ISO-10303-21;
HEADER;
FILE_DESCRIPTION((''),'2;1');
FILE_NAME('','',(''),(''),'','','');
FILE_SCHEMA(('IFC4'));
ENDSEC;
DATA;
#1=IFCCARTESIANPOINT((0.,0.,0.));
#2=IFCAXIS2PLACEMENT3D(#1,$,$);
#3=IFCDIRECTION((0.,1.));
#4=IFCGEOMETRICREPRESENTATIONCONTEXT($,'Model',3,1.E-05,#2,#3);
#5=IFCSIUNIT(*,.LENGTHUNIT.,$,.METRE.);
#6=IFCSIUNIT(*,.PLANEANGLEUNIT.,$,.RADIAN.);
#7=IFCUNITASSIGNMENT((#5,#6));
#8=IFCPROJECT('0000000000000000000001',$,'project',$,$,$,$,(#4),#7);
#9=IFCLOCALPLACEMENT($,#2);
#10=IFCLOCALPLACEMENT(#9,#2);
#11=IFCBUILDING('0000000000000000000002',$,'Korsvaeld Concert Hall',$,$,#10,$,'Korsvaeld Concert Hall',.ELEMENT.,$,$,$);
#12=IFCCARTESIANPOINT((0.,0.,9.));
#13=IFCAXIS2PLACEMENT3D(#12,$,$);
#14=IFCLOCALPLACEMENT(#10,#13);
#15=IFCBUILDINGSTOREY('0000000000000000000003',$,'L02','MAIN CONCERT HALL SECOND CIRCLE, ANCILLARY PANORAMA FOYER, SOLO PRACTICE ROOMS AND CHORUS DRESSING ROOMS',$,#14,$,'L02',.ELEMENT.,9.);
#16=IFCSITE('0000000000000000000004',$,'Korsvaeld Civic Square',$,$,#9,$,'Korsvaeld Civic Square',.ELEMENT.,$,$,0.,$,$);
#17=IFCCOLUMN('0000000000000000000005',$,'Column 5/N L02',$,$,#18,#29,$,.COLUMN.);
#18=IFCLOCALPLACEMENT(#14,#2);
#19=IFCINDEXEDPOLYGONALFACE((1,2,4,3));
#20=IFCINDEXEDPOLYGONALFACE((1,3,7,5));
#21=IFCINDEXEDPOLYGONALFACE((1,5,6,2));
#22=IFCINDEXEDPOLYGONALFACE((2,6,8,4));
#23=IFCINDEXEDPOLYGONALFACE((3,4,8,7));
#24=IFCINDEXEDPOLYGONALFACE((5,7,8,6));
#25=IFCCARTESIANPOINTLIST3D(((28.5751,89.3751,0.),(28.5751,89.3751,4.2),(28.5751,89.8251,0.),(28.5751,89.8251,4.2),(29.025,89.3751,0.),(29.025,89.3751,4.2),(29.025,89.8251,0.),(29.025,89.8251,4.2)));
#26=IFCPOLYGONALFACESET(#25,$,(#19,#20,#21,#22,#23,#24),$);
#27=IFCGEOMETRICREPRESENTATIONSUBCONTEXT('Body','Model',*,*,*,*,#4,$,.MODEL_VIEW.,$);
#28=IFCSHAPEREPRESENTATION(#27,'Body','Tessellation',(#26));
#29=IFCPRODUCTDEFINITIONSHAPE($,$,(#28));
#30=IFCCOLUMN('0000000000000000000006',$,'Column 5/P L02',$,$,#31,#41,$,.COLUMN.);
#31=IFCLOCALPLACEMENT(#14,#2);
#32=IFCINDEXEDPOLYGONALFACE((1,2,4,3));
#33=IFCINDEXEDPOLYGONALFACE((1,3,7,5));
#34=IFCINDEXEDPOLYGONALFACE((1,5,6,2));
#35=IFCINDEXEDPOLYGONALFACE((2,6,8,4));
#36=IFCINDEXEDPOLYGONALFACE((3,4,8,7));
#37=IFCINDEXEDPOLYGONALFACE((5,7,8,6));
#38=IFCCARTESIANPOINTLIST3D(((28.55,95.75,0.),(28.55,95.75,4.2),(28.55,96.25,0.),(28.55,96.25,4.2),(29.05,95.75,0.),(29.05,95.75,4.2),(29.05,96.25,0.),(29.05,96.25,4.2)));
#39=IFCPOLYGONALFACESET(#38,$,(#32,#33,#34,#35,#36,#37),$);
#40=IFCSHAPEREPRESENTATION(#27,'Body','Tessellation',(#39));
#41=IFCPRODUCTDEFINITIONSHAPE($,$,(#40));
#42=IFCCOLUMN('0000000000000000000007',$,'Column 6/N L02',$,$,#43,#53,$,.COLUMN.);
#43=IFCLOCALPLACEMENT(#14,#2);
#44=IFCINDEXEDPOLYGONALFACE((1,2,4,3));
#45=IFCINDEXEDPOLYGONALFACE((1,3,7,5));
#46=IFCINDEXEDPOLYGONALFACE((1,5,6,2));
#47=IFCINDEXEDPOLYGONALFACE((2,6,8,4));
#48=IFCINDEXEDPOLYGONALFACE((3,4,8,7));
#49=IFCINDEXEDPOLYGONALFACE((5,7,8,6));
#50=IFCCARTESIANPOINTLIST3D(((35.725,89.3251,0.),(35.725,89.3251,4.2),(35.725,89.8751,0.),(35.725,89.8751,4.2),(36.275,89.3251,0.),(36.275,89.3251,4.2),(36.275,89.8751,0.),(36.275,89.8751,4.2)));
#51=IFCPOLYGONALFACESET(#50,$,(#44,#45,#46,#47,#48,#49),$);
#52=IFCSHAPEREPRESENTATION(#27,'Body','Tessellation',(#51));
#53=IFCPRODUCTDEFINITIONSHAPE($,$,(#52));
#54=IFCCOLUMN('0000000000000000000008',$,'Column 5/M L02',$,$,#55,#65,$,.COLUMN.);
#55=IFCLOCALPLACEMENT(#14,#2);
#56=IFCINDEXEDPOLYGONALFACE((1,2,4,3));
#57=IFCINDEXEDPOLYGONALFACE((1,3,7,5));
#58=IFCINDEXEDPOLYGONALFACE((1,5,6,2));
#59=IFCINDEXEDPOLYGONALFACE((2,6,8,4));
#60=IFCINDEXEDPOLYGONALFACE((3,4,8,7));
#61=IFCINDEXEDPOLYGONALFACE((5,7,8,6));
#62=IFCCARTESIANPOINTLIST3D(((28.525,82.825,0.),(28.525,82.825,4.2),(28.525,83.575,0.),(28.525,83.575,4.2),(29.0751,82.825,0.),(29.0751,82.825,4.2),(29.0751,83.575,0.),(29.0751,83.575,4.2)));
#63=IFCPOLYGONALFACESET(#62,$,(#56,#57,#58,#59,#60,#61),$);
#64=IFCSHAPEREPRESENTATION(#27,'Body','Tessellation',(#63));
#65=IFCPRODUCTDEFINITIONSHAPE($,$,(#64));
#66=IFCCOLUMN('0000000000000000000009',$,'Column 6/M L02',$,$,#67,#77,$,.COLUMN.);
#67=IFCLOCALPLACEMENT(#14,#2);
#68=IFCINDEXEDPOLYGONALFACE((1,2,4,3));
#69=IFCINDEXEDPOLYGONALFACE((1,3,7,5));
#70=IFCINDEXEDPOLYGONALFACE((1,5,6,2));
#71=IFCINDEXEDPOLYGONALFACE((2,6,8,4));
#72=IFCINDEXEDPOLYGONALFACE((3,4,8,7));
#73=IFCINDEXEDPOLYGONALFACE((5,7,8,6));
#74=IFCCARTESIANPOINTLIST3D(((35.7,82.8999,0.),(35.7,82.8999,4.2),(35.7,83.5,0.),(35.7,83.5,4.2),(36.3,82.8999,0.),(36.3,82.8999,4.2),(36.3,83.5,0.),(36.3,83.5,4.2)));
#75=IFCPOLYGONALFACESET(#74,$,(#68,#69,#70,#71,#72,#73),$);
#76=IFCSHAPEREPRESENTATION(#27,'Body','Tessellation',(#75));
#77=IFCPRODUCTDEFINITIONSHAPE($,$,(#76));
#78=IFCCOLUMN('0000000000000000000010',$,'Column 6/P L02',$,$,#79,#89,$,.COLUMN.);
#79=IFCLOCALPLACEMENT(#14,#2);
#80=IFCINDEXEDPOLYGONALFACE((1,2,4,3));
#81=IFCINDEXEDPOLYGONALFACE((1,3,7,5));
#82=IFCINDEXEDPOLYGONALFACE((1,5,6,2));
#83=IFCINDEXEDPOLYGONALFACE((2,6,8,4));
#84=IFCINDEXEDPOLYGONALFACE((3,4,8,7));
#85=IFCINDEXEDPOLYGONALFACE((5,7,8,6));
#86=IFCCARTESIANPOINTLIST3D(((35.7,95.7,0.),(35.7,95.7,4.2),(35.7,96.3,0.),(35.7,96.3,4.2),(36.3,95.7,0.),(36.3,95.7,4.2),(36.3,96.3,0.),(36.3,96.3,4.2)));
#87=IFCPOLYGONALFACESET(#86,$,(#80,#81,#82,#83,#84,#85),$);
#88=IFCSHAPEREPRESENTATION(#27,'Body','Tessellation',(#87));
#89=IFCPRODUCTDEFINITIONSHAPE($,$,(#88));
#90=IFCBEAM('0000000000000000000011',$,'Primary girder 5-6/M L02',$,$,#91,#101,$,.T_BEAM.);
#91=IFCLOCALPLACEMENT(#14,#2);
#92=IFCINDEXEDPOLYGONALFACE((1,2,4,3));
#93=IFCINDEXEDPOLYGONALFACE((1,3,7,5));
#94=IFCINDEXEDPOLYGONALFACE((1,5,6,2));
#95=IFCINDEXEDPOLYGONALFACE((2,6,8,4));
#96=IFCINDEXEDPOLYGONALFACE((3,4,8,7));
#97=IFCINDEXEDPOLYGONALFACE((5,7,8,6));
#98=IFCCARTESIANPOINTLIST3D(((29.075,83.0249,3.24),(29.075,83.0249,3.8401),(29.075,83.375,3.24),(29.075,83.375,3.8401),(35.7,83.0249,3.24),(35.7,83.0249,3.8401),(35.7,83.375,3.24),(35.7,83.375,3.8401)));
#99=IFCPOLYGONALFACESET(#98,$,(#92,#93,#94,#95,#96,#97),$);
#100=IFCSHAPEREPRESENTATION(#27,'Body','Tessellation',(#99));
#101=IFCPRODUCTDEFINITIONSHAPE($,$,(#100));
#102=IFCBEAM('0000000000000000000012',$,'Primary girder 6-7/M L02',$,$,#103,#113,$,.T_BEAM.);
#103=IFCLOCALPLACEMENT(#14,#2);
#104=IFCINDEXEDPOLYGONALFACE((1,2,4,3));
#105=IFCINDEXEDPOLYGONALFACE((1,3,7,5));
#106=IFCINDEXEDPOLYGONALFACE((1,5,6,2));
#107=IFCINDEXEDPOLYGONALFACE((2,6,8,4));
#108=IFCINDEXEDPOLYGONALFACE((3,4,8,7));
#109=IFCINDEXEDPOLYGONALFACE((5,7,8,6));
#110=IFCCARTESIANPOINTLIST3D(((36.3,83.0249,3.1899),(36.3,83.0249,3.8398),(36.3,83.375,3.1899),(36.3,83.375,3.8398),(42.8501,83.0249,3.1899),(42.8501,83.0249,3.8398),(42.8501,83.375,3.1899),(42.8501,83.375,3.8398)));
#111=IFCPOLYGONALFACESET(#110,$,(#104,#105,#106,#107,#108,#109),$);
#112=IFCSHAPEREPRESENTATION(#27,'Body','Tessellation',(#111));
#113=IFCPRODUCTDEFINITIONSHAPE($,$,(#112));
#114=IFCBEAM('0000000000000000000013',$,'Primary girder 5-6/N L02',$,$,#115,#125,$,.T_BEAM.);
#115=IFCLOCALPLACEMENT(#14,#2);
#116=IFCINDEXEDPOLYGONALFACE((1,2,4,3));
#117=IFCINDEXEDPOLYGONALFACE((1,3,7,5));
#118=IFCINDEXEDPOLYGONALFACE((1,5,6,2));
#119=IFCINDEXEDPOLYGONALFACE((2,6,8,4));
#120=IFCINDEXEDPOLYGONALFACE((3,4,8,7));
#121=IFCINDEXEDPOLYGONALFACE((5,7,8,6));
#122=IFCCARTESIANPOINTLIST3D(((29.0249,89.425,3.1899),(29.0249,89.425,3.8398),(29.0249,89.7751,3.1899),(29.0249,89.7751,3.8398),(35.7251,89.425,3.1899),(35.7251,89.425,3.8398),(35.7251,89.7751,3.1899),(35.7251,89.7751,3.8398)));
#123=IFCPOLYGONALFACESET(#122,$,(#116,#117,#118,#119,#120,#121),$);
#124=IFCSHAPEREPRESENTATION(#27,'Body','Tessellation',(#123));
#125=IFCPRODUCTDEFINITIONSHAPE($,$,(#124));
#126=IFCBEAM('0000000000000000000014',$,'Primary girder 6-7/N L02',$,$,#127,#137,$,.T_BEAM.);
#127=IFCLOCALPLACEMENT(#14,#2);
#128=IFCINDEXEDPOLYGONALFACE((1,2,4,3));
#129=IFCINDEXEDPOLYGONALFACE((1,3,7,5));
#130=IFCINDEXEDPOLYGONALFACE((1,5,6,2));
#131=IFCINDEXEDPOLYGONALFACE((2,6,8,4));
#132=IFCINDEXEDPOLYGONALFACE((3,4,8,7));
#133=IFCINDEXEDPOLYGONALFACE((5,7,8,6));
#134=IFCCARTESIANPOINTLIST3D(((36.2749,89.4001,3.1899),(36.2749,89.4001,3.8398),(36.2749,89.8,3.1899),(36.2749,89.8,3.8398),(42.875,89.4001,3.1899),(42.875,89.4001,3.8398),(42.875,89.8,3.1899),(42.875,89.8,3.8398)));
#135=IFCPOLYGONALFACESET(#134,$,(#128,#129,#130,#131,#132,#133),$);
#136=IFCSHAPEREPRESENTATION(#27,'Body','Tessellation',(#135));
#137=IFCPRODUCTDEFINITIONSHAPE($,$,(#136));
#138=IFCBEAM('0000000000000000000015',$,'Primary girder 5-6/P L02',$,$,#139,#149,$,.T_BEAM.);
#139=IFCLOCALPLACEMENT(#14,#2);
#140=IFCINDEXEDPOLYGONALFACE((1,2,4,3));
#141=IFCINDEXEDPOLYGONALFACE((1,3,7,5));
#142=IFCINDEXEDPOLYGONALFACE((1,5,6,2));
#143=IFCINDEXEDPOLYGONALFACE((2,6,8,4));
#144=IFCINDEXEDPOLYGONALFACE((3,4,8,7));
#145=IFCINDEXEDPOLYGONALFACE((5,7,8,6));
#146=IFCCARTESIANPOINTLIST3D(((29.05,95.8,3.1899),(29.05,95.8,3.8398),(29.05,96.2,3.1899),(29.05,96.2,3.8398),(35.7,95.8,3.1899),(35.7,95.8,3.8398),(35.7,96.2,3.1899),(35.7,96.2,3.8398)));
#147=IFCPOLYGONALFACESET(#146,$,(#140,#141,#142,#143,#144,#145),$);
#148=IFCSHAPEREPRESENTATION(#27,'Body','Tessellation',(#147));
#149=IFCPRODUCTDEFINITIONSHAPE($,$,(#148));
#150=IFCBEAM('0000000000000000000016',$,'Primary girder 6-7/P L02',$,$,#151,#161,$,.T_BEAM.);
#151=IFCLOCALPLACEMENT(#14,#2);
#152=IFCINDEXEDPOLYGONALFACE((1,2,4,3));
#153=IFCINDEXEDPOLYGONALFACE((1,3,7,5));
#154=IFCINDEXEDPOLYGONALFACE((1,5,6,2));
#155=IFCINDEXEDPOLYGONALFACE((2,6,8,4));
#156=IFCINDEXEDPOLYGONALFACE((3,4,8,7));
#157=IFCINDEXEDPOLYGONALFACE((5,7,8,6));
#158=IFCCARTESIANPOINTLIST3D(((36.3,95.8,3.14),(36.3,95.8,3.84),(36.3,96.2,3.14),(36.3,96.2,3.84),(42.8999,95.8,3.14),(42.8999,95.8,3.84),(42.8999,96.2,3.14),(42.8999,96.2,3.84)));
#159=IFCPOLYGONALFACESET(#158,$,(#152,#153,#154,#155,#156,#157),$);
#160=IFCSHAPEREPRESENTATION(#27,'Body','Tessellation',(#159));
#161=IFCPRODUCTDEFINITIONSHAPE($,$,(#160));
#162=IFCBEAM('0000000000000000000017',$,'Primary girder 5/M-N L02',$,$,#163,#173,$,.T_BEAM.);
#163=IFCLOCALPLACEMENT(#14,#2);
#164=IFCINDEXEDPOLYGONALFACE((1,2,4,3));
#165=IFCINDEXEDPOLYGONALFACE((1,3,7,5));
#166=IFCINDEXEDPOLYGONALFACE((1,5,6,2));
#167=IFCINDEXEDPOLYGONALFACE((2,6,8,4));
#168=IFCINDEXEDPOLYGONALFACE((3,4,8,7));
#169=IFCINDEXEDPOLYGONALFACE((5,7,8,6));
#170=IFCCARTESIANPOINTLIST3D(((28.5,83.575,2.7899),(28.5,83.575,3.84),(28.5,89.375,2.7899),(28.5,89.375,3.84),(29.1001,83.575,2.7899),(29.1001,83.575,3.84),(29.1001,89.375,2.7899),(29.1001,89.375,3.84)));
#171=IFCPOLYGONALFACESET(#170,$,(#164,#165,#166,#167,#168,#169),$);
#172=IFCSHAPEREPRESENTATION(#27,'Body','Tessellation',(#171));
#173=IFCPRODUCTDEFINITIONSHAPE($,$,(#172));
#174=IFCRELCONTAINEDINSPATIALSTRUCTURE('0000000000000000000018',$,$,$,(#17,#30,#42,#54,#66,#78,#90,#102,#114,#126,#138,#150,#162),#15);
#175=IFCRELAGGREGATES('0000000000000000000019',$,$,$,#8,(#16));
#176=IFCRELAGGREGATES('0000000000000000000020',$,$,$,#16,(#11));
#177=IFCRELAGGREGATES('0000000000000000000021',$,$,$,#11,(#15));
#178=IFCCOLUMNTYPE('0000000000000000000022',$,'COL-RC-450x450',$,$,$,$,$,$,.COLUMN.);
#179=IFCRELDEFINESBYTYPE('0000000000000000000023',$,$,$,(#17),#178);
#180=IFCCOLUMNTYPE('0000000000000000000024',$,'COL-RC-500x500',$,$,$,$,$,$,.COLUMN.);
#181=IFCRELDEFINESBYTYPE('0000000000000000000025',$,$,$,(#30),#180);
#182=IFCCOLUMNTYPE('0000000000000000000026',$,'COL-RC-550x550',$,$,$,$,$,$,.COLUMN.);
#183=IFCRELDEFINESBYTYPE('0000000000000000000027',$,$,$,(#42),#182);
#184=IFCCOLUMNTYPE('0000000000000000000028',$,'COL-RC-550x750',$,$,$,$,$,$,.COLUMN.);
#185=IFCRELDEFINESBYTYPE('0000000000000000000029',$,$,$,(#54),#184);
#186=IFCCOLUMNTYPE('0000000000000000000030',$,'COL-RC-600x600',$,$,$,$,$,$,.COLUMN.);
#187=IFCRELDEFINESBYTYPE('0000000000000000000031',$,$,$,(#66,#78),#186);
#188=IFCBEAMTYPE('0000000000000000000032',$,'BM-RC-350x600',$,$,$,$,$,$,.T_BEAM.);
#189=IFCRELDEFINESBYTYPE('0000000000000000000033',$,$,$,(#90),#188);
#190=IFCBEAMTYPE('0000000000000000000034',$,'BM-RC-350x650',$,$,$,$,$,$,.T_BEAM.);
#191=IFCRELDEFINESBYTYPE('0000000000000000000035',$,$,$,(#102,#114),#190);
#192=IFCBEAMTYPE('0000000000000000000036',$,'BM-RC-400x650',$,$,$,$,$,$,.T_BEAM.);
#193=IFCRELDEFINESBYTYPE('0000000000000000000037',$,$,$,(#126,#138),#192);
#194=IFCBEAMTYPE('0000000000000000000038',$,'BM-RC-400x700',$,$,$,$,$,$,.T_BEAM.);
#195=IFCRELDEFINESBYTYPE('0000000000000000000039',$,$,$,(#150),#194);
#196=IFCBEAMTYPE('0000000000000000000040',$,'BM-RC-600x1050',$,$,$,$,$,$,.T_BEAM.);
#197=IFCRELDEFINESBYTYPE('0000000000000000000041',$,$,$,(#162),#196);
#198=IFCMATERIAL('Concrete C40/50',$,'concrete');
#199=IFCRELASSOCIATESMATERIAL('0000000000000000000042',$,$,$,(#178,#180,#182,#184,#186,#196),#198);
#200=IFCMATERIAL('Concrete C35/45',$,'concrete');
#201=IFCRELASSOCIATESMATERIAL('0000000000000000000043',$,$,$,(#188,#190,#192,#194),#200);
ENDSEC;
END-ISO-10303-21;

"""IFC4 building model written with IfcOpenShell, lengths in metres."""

from ifc_helpers import new_model, si_unit, direction, frame, origin, origin_2d, place, context, subcontext, project, spatial, rectangle, extrude, material, material_profile, profile_set, type_object, element, save


model = new_model("IFC4")

# Units and contexts
model_context = context("Model", 3, precision=1e-05, world=origin(), true_north=direction((0.0, 1.0)))
body_context = subcontext(model_context, "Body", "Model", "MODEL_VIEW")
ifc_project = project(units=[si_unit("LENGTHUNIT", "METRE"), si_unit("PLANEANGLEUNIT", "RADIAN")], contexts=[model_context])

# Site, building, storey
site_placement = place(None, origin())
site = spatial("IfcSite", under=ifc_project, at=site_placement, Name="Korsvaeld Civic Square", LongName="Korsvaeld Civic Square", CompositionType="ELEMENT", RefElevation=0.0)
building_placement = place(site_placement, origin())
building = spatial("IfcBuilding", under=site, at=building_placement, Name="Korsvaeld Concert Hall", LongName="Korsvaeld Concert Hall", CompositionType="ELEMENT")
storey_placement = place(building_placement, frame((0.0, 0.0, 9.0)))
storey = spatial("IfcBuildingStorey", under=building, at=storey_placement, Name="L02", Description="MAIN CONCERT HALL SECOND CIRCLE, ANCILLARY PANORAMA FOYER, SOLO PRACTICE ROOMS AND CHORUS DRESSING ROOMS", LongName="L02", CompositionType="ELEMENT", Elevation=9.0)

# Columns
ifc_material_1 = material(Name="Concrete C40/50", Category="concrete")
ifc_material_profile_1 = material_profile(ifc_material_1, rectangle(XDim=0.45, YDim=0.45, at=origin_2d()), Name="RC 450x450")
ifc_profile_set_1 = profile_set([ifc_material_profile_1], Name="Concrete C40/50")
column_type_1 = type_object("IfcColumnType", Name="COL-RC-450x450", PredefinedType="COLUMN", material=ifc_profile_set_1)
column_1_placement = place(storey_placement, frame((28.8, 89.6001, 0.0), z_axis=(0.0, 0.0, 1.0), x_axis=(1.0, 0.0, 0.0)))
element("IfcColumn", 1, at=column_1_placement, inside=storey, type_object=column_type_1, Name="Column 5/N L02", PredefinedType="COLUMN", context=body_context, shape_type="SweptSolid", body=[
    extrude(rectangle(XDim=0.45, YDim=0.45, at=origin_2d()), origin(), (0.0, 0.0, 1.0), 4.2),
])
ifc_material_profile_2 = material_profile(ifc_material_1, rectangle(XDim=0.5, YDim=0.5, at=origin_2d()), Name="RC 500x500")
ifc_profile_set_2 = profile_set([ifc_material_profile_2], Name="Concrete C40/50")
column_type_2 = type_object("IfcColumnType", Name="COL-RC-500x500", PredefinedType="COLUMN", material=ifc_profile_set_2)
column_2_placement = place(storey_placement, frame((28.8, 96.0, 0.0), z_axis=(0.0, 0.0, 1.0), x_axis=(1.0, 0.0, 0.0)))
element("IfcColumn", 2, at=column_2_placement, inside=storey, type_object=column_type_2, Name="Column 5/P L02", PredefinedType="COLUMN", context=body_context, shape_type="SweptSolid", body=[
    extrude(rectangle(XDim=0.5, YDim=0.5, at=origin_2d()), origin(), (0.0, 0.0, 1.0), 4.2),
])
ifc_material_profile_3 = material_profile(ifc_material_1, rectangle(XDim=0.55, YDim=0.55, at=origin_2d()), Name="RC 550x550")
ifc_profile_set_3 = profile_set([ifc_material_profile_3], Name="Concrete C40/50")
column_type_3 = type_object("IfcColumnType", Name="COL-RC-550x550", PredefinedType="COLUMN", material=ifc_profile_set_3)
column_3_placement = place(storey_placement, frame((36.0, 89.6001, 0.0), z_axis=(0.0, 0.0, 1.0), x_axis=(1.0, 0.0, 0.0)))
element("IfcColumn", 3, at=column_3_placement, inside=storey, type_object=column_type_3, Name="Column 6/N L02", PredefinedType="COLUMN", context=body_context, shape_type="SweptSolid", body=[
    extrude(rectangle(XDim=0.55, YDim=0.55, at=origin_2d()), origin(), (0.0, 0.0, 1.0), 4.2),
])
ifc_material_profile_4 = material_profile(ifc_material_1, rectangle(XDim=0.55, YDim=0.75, at=origin_2d()), Name="RC 550x750")
ifc_profile_set_4 = profile_set([ifc_material_profile_4], Name="Concrete C40/50")
column_type_4 = type_object("IfcColumnType", Name="COL-RC-550x750", PredefinedType="COLUMN", material=ifc_profile_set_4)
column_4_placement = place(storey_placement, frame((28.8, 83.2, 0.0), z_axis=(0.0, 0.0, 1.0), x_axis=(1.0, 0.0, 0.0)))
element("IfcColumn", 4, at=column_4_placement, inside=storey, type_object=column_type_4, Name="Column 5/M L02", PredefinedType="COLUMN", context=body_context, shape_type="SweptSolid", body=[
    extrude(rectangle(XDim=0.55, YDim=0.75, at=origin_2d()), origin(), (0.0, 0.0, 1.0), 4.2),
])
ifc_material_profile_5 = material_profile(ifc_material_1, rectangle(XDim=0.6001, YDim=0.6001, at=origin_2d()), Name="RC 600x600")
ifc_profile_set_5 = profile_set([ifc_material_profile_5], Name="Concrete C40/50")
column_type_5 = type_object("IfcColumnType", Name="COL-RC-600x600", PredefinedType="COLUMN", material=ifc_profile_set_5)
for number, where, z_axis, x_axis, name in (
    (5, (36.0, 83.2, 0.0), (0.0, 0.0, 1.0), (1.0, 0.0, 0.0), "Column 6/M L02"),
    (6, (36.0, 96.0, 0.0), (0.0, 0.0, 1.0), (1.0, 0.0, 0.0), "Column 6/P L02"),
):
    element("IfcColumn", number, at=place(storey_placement, frame(where, z_axis=z_axis, x_axis=x_axis)), inside=storey, type_object=column_type_5, Name=name, PredefinedType="COLUMN", context=body_context, shape_type="SweptSolid", body=[
        extrude(rectangle(XDim=0.6001, YDim=0.6001, at=origin_2d()), origin(), (0.0, 0.0, 1.0), 4.2),
    ])

# Beams
ifc_material_2 = material(Name="Concrete C35/45", Category="concrete")
ifc_material_profile_6 = material_profile(ifc_material_2, rectangle(XDim=0.3501, YDim=0.6001, at=origin_2d()), Name="RC 350x600")
ifc_profile_set_6 = profile_set([ifc_material_profile_6], Name="Concrete C35/45")
beam_type_1 = type_object("IfcBeamType", Name="BM-RC-350x600", PredefinedType="T_BEAM", material=ifc_profile_set_6)
beam_1_placement = place(storey_placement, frame((29.075, 83.2, 3.54), z_axis=(1.0, 0.0, 0.0), x_axis=(0.0, 1.0, 0.0)))
element("IfcBeam", 7, at=beam_1_placement, inside=storey, type_object=beam_type_1, Name="Primary girder 5-6/M L02", PredefinedType="T_BEAM", context=body_context, shape_type="SweptSolid", body=[
    extrude(rectangle(XDim=0.3501, YDim=0.6001, at=origin_2d()), origin(), (0.0, 0.0, 1.0), 6.625),
])
ifc_material_profile_7 = material_profile(ifc_material_2, rectangle(XDim=0.3501, YDim=0.6499, at=origin_2d()), Name="RC 350x650")
ifc_profile_set_7 = profile_set([ifc_material_profile_7], Name="Concrete C35/45")
beam_type_2 = type_object("IfcBeamType", Name="BM-RC-350x650", PredefinedType="T_BEAM", material=ifc_profile_set_7)
beam_2_placement = place(storey_placement, frame((36.3, 83.2, 3.5149), z_axis=(1.0, 0.0, 0.0), x_axis=(0.0, 1.0, 0.0)))
element("IfcBeam", 8, at=beam_2_placement, inside=storey, type_object=beam_type_2, Name="Primary girder 6-7/M L02", PredefinedType="T_BEAM", context=body_context, shape_type="SweptSolid", body=[
    extrude(rectangle(XDim=0.3501, YDim=0.6499, at=origin_2d()), origin(), (0.0, 0.0, 1.0), 6.55),
])
beam_3_placement = place(storey_placement, frame((29.0249, 89.6001, 3.5149), z_axis=(1.0, 0.0, 0.0), x_axis=(0.0, 1.0, 0.0)))
element("IfcBeam", 9, at=beam_3_placement, inside=storey, type_object=beam_type_2, Name="Primary girder 5-6/N L02", PredefinedType="T_BEAM", context=body_context, shape_type="SweptSolid", body=[
    extrude(rectangle(XDim=0.3501, YDim=0.6499, at=origin_2d()), origin(), (0.0, 0.0, 1.0), 6.7002),
])
ifc_material_profile_8 = material_profile(ifc_material_2, rectangle(XDim=0.3999, YDim=0.6499, at=origin_2d()), Name="RC 400x650")
ifc_profile_set_8 = profile_set([ifc_material_profile_8], Name="Concrete C35/45")
beam_type_3 = type_object("IfcBeamType", Name="BM-RC-400x650", PredefinedType="T_BEAM", material=ifc_profile_set_8)
beam_4_placement = place(storey_placement, frame((36.2749, 89.6001, 3.5149), z_axis=(1.0, 0.0, 0.0), x_axis=(0.0, 1.0, 0.0)))
element("IfcBeam", 10, at=beam_4_placement, inside=storey, type_object=beam_type_3, Name="Primary girder 6-7/N L02", PredefinedType="T_BEAM", context=body_context, shape_type="SweptSolid", body=[
    extrude(rectangle(XDim=0.3999, YDim=0.6499, at=origin_2d()), origin(), (0.0, 0.0, 1.0), 6.6001),
])
beam_5_placement = place(storey_placement, frame((29.05, 96.0, 3.5149), z_axis=(1.0, 0.0, 0.0), x_axis=(0.0, 1.0, 0.0)))
element("IfcBeam", 11, at=beam_5_placement, inside=storey, type_object=beam_type_3, Name="Primary girder 5-6/P L02", PredefinedType="T_BEAM", context=body_context, shape_type="SweptSolid", body=[
    extrude(rectangle(XDim=0.3999, YDim=0.6499, at=origin_2d()), origin(), (0.0, 0.0, 1.0), 6.6499),
])
ifc_material_profile_9 = material_profile(ifc_material_2, rectangle(XDim=0.3999, YDim=0.7, at=origin_2d()), Name="RC 400x700")
ifc_profile_set_9 = profile_set([ifc_material_profile_9], Name="Concrete C35/45")
beam_type_4 = type_object("IfcBeamType", Name="BM-RC-400x700", PredefinedType="T_BEAM", material=ifc_profile_set_9)
beam_6_placement = place(storey_placement, frame((36.3, 96.0, 3.49), z_axis=(1.0, 0.0, 0.0), x_axis=(0.0, 1.0, 0.0)))
element("IfcBeam", 12, at=beam_6_placement, inside=storey, type_object=beam_type_4, Name="Primary girder 6-7/P L02", PredefinedType="T_BEAM", context=body_context, shape_type="SweptSolid", body=[
    extrude(rectangle(XDim=0.3999, YDim=0.7, at=origin_2d()), origin(), (0.0, 0.0, 1.0), 6.5999),
])
ifc_material_profile_10 = material_profile(ifc_material_1, rectangle(XDim=0.6001, YDim=1.05, at=origin_2d()), Name="RC 600x1050")
ifc_profile_set_10 = profile_set([ifc_material_profile_10], Name="Concrete C40/50")
beam_type_5 = type_object("IfcBeamType", Name="BM-RC-600x1050", PredefinedType="T_BEAM", material=ifc_profile_set_10)
beam_7_placement = place(storey_placement, frame((28.8, 83.575, 3.3149), z_axis=(0.0, 1.0, 0.0), x_axis=(-1.0, 0.0, 0.0)))
element("IfcBeam", 13, at=beam_7_placement, inside=storey, type_object=beam_type_5, Name="Primary girder 5/M-N L02", PredefinedType="T_BEAM", context=body_context, shape_type="SweptSolid", body=[
    extrude(rectangle(XDim=0.6001, YDim=1.05, at=origin_2d()), origin(), (0.0, 0.0, 1.0), 5.8),
])

save(model, "model.ifc")
